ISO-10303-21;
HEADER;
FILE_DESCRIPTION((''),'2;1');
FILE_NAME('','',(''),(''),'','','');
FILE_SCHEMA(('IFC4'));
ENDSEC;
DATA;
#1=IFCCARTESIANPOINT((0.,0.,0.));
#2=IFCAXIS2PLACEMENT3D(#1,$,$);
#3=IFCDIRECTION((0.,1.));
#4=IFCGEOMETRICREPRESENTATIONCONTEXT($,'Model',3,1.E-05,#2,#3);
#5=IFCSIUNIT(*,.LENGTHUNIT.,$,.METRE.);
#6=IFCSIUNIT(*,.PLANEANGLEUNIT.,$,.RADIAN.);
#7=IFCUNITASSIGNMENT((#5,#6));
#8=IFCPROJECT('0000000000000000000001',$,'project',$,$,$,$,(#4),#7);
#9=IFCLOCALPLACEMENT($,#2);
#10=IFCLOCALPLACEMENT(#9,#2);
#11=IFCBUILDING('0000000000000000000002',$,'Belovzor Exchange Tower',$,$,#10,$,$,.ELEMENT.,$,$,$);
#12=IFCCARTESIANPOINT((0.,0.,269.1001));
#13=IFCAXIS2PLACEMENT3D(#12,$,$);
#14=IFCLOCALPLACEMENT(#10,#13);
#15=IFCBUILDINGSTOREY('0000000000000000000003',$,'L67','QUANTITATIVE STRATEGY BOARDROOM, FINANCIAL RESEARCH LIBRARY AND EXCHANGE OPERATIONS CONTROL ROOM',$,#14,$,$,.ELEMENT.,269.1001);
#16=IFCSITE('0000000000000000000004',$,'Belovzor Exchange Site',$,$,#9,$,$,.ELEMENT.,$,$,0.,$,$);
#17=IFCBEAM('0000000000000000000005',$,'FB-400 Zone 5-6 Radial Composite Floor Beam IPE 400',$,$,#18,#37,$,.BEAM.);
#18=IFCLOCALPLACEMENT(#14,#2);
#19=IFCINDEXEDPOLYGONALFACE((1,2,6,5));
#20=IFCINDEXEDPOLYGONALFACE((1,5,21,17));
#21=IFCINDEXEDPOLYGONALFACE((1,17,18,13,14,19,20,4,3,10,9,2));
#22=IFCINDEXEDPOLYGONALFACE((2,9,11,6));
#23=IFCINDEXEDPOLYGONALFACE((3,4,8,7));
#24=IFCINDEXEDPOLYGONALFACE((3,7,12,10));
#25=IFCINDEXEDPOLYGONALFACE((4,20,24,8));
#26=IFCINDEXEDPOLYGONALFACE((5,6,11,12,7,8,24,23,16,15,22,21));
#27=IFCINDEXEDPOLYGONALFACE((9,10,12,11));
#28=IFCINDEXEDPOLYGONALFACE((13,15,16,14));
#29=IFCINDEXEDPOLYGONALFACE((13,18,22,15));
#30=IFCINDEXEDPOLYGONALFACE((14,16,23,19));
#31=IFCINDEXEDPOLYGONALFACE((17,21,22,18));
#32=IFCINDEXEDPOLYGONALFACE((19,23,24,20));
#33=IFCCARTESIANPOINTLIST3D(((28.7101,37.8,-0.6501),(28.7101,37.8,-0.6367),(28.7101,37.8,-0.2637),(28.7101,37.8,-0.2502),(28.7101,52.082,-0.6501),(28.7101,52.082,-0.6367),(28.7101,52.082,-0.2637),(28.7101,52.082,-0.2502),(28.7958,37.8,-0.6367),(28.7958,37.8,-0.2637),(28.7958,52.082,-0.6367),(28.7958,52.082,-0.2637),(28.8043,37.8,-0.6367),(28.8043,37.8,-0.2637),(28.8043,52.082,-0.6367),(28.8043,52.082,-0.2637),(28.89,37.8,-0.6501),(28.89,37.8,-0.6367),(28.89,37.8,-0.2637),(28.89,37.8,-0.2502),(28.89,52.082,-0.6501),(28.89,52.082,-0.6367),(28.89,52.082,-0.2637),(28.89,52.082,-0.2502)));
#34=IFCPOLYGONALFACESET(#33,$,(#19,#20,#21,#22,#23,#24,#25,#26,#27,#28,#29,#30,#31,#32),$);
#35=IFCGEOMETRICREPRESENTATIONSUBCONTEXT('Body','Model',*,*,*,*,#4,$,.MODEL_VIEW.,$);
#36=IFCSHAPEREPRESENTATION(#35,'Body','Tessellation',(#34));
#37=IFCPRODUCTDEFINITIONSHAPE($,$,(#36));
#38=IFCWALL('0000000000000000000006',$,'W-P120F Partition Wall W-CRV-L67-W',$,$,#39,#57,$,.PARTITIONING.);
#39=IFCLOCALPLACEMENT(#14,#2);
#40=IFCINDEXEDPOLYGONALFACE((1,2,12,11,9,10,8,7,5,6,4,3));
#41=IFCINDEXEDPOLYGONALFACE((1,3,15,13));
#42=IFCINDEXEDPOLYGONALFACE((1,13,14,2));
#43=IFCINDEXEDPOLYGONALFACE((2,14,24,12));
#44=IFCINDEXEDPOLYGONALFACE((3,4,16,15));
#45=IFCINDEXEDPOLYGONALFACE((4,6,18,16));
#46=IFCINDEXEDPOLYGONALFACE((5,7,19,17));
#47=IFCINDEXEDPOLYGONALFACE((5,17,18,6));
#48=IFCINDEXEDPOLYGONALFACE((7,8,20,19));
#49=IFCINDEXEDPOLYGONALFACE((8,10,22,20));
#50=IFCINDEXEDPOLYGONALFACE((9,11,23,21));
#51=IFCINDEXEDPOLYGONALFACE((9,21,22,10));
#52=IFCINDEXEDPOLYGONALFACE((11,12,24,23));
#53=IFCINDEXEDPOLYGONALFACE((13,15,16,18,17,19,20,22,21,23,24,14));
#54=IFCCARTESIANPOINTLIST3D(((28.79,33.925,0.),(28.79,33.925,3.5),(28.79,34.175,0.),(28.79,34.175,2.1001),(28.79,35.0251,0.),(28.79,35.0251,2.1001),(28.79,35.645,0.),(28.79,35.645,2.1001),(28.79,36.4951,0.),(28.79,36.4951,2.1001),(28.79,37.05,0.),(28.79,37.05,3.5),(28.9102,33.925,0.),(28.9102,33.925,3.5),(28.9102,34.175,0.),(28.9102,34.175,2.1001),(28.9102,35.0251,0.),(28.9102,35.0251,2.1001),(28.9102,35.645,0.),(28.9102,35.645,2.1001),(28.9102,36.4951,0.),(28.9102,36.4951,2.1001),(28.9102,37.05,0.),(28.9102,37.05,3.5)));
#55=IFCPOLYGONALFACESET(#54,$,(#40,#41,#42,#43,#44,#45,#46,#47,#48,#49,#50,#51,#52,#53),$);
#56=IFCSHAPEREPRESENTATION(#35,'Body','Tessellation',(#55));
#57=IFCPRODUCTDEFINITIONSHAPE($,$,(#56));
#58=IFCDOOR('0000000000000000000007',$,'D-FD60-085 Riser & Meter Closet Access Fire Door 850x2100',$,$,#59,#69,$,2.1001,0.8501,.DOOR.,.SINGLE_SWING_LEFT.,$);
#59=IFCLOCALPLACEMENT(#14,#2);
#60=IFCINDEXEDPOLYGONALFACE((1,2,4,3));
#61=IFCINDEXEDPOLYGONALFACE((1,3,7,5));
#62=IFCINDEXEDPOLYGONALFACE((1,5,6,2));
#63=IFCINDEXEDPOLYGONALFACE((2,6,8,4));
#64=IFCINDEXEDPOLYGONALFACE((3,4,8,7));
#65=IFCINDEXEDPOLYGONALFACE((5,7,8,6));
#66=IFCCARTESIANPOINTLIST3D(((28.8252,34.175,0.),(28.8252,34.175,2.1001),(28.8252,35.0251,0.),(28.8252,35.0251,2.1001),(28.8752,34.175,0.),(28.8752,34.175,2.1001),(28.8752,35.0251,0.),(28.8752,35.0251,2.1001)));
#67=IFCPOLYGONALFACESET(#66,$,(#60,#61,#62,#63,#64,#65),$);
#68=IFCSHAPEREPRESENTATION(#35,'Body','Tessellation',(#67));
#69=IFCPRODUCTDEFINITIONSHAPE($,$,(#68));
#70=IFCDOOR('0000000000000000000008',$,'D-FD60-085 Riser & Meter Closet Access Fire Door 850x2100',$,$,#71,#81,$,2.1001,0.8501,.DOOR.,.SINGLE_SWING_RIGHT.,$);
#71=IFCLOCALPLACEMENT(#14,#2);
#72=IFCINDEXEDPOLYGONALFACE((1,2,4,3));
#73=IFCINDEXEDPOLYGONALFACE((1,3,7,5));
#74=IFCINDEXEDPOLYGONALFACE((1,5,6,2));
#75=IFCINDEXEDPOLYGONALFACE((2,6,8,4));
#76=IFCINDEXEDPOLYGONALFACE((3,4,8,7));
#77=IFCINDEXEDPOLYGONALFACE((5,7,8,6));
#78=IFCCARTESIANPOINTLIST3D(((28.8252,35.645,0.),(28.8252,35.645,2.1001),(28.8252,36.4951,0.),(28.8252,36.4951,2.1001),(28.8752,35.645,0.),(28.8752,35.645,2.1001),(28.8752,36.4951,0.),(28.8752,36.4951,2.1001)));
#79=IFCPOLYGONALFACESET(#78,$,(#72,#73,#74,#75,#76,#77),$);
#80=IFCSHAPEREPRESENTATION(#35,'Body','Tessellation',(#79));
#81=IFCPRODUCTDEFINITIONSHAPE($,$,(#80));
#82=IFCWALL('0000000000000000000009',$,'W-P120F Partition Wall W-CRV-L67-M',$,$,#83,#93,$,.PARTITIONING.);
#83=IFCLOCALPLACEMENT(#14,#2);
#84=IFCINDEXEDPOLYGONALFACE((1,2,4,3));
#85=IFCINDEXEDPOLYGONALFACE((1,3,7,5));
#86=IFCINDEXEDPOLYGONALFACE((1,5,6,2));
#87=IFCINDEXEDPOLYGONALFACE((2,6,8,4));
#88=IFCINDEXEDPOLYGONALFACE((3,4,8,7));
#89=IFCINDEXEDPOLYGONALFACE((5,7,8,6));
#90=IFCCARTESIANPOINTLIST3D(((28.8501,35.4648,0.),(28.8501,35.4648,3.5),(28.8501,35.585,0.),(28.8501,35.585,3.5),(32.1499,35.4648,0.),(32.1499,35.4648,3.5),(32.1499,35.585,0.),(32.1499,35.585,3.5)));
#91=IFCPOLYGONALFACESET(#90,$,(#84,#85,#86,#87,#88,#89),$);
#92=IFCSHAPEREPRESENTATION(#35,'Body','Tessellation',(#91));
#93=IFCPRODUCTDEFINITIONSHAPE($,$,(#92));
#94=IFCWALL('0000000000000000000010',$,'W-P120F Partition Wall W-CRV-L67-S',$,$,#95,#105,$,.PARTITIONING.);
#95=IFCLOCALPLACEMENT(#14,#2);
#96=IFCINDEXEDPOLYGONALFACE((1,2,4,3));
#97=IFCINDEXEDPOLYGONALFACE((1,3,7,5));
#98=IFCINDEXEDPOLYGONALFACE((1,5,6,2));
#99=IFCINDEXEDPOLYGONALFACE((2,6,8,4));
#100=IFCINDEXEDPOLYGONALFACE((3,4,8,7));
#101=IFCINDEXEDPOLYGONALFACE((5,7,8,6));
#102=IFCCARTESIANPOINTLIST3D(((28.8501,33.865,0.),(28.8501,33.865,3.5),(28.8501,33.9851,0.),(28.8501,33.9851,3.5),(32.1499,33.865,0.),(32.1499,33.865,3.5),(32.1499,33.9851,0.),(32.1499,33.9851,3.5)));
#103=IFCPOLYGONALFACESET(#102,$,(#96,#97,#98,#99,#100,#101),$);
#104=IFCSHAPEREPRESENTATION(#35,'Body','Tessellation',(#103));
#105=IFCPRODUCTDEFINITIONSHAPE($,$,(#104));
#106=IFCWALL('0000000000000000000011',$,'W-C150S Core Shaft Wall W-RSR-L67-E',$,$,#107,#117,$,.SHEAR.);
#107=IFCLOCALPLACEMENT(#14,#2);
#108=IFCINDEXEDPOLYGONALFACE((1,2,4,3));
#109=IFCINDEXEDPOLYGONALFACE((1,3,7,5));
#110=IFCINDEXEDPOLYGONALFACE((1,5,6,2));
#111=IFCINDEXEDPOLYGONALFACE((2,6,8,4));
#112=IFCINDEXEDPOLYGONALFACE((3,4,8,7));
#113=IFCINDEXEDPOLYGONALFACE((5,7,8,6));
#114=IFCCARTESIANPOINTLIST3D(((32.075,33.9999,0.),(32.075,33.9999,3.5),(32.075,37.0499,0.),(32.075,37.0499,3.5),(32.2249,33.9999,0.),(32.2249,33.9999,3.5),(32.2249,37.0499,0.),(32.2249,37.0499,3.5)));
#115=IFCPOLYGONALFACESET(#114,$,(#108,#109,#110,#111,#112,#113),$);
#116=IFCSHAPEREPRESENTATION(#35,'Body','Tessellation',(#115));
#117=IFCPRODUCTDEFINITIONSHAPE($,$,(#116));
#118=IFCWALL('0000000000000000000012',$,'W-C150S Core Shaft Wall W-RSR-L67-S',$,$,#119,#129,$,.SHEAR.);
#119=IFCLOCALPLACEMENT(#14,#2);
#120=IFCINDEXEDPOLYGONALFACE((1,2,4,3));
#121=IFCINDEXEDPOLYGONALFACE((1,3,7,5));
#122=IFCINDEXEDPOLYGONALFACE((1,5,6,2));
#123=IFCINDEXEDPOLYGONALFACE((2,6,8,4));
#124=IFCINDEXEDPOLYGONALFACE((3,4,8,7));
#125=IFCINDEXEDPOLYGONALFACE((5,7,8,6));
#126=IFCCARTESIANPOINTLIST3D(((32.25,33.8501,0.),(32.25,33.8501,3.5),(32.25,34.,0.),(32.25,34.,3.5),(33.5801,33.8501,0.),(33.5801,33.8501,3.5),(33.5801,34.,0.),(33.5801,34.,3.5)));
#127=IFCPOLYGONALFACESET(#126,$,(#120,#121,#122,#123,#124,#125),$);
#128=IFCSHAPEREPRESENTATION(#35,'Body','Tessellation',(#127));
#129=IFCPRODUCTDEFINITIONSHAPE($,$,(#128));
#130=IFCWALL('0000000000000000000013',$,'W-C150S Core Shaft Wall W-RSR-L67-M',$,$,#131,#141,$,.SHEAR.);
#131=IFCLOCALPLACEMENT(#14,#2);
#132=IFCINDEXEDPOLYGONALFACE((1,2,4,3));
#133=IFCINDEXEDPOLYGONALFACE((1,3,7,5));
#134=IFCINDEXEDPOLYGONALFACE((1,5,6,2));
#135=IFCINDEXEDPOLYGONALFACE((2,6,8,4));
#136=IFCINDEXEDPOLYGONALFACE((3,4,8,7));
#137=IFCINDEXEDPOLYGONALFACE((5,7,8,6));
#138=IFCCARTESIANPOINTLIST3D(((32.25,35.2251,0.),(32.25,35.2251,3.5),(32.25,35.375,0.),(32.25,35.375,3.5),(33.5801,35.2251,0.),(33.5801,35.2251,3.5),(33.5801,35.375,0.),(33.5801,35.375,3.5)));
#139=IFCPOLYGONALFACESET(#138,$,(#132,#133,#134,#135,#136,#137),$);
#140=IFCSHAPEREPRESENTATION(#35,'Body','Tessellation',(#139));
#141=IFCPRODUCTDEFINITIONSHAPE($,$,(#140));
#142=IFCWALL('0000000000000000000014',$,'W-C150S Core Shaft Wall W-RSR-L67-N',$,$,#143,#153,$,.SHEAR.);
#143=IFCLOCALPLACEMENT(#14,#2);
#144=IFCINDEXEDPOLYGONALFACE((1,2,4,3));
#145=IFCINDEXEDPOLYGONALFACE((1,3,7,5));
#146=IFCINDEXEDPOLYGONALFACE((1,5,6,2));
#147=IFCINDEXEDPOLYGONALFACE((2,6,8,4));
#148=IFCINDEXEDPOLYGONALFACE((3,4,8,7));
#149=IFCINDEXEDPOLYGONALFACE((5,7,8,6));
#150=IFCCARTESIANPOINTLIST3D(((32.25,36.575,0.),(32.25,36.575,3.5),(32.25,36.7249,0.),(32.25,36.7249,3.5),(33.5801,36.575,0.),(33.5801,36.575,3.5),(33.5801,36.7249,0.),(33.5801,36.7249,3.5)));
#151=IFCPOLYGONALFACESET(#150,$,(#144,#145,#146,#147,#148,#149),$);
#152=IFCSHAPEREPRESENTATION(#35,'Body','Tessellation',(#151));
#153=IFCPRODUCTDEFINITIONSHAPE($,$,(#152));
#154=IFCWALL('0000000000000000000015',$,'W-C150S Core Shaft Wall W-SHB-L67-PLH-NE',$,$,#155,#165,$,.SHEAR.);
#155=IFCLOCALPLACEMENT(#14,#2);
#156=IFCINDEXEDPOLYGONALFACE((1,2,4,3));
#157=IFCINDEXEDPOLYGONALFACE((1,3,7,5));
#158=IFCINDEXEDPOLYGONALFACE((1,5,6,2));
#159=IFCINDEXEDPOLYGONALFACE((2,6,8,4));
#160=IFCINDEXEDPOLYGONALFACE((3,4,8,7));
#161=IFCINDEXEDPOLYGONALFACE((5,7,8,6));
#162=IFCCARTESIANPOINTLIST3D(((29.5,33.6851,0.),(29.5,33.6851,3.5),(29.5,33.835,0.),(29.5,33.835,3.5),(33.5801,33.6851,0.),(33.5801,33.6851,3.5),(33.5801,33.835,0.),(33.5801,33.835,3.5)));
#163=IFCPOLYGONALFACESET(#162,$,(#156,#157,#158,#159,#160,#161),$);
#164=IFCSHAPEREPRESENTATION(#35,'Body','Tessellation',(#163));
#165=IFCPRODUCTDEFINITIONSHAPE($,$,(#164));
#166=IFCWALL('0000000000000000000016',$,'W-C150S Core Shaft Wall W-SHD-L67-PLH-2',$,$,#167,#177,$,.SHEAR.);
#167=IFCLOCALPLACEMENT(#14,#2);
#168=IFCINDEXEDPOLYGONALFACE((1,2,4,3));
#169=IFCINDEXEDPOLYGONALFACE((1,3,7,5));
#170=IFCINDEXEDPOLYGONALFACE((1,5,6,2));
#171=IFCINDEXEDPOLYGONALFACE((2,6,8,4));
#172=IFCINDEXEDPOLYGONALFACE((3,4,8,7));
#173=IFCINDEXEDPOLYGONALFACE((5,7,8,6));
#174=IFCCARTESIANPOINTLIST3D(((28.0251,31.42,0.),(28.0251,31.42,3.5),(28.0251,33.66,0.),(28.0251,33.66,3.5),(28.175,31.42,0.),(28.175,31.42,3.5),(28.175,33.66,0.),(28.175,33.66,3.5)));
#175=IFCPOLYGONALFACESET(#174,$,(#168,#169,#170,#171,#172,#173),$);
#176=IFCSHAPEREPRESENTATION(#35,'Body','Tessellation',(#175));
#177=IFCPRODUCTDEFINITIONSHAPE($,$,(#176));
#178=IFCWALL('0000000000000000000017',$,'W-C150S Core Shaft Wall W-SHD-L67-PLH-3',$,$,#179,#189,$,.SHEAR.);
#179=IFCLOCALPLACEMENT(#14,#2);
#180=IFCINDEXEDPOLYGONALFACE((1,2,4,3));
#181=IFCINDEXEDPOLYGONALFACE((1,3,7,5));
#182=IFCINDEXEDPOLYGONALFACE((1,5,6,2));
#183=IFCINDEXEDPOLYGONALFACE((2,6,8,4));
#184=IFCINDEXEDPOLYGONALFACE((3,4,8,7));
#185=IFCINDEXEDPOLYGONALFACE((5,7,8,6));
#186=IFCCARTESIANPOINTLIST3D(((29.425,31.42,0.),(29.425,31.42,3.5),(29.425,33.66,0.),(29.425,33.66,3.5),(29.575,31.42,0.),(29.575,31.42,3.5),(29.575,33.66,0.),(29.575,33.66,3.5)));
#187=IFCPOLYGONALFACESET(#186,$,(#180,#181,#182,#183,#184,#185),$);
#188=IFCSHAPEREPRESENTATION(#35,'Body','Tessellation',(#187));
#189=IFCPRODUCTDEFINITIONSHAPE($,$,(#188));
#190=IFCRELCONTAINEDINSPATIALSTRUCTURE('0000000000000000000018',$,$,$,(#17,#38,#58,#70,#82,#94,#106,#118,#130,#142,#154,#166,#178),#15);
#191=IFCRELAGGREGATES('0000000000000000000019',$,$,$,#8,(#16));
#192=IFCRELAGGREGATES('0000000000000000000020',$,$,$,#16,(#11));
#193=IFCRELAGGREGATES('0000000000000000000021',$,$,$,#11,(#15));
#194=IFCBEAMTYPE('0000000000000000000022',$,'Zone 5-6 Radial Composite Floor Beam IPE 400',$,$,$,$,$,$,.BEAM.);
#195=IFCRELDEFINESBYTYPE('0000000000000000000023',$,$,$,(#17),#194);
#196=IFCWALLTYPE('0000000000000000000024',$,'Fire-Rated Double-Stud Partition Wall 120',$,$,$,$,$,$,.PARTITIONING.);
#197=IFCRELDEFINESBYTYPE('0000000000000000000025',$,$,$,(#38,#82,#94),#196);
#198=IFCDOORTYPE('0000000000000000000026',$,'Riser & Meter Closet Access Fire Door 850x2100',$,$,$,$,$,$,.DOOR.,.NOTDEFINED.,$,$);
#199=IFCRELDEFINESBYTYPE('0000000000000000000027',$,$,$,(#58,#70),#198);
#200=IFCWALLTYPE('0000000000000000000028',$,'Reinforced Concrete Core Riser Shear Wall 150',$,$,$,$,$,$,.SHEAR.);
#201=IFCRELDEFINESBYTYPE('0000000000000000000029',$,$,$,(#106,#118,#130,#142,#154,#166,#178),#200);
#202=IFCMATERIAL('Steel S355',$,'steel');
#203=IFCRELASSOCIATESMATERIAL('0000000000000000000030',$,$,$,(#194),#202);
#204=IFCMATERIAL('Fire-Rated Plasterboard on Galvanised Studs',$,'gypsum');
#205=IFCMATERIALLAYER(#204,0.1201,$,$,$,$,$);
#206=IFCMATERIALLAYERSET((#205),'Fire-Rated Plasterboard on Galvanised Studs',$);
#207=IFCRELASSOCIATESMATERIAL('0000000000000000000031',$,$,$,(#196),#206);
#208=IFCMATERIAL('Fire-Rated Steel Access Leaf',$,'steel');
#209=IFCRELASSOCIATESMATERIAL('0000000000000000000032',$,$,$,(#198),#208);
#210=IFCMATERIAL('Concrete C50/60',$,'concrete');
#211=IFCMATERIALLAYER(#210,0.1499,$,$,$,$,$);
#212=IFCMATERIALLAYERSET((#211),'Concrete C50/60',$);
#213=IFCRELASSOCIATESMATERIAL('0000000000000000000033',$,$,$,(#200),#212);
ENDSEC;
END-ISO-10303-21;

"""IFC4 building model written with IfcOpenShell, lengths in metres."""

from ifc_helpers import new_model, si_unit, direction, frame, frame_2d, origin, origin_2d, place, context, subcontext, project, spatial, rectangle, i_section, extrude, material, layer, layer_set, material_profile, profile_set, type_object, element, fill, save


model = new_model("IFC4")

# Units and contexts
model_context = context("Model", 3, precision=1e-05, world=origin(), true_north=direction((0.0, 1.0)))
body_context = subcontext(model_context, "Body", "Model", "MODEL_VIEW")
ifc_project = project(units=[si_unit("LENGTHUNIT", "METRE"), si_unit("PLANEANGLEUNIT", "RADIAN")], contexts=[model_context])

# Site, building, storey
site_placement = place(None, origin())
site = spatial("IfcSite", under=ifc_project, at=site_placement, Name="Belovzor Exchange Site", CompositionType="ELEMENT", RefElevation=0.0)
building_placement = place(site_placement, origin())
building = spatial("IfcBuilding", under=site, at=building_placement, Name="Belovzor Exchange Tower", CompositionType="ELEMENT")
storey_placement = place(building_placement, frame((0.0, 0.0, 269.1001)))
storey = spatial("IfcBuildingStorey", under=building, at=storey_placement, Name="L67", Description="QUANTITATIVE STRATEGY BOARDROOM, FINANCIAL RESEARCH LIBRARY AND EXCHANGE OPERATIONS CONTROL ROOM", CompositionType="ELEMENT", Elevation=269.1001)

# Beam
ifc_material_1 = material(Name="Steel S355", Category="steel")
ifc_material_profile = material_profile(ifc_material_1, i_section(OverallWidth=0.1799, OverallDepth=0.3999, WebThickness=0.0085, FlangeThickness=0.0134, at=origin_2d()))
ifc_profile_set = profile_set([ifc_material_profile], Name="Steel S355")
beam_type = type_object("IfcBeamType", Name="Zone 5-6 Radial Composite Floor Beam IPE 400", PredefinedType="BEAM", material=ifc_profile_set)
beam_placement = place(storey_placement, frame((28.8, 37.8, -0.4502), z_axis=(0.0, 1.0, 0.0), x_axis=(-1.0, 0.0, 0.0)))
element("IfcBeam", 1, at=beam_placement, inside=storey, type_object=beam_type, Name="FB-400 Zone 5-6 Radial Composite Floor Beam IPE 400", PredefinedType="BEAM", context=body_context, shape_type="SweptSolid", body=[
    extrude(i_section(OverallWidth=0.1799, OverallDepth=0.3999, WebThickness=0.0085, FlangeThickness=0.0134, at=origin_2d()), origin(), (0.0, 0.0, 1.0), 14.282),
])

# Wall, openings, doors
ifc_material_2 = material(Name="Fire-Rated Plasterboard on Galvanised Studs", Category="gypsum")
ifc_layer_1 = layer(ifc_material_2, 0.1201)
ifc_layer_set_1 = layer_set([ifc_layer_1], Name="Fire-Rated Plasterboard on Galvanised Studs")
wall_type_1 = type_object("IfcWallType", Name="Fire-Rated Double-Stud Partition Wall 120", PredefinedType="PARTITIONING", material=ifc_layer_set_1)
wall_1_placement = place(storey_placement, frame((28.8501, 33.925, 0.0), z_axis=(0.0, 0.0, 1.0), x_axis=(0.0, 1.0, 0.0)))
wall_1 = element("IfcWall", 2, at=wall_1_placement, inside=storey, type_object=wall_type_1, Name="W-P120F Partition Wall W-CRV-L67-W", PredefinedType="PARTITIONING", context=body_context, shape_type="SweptSolid", body=[
    extrude(rectangle(XDim=3.125, YDim=0.1201, at=frame_2d((1.5625, 0.0))), origin(), (0.0, 0.0, 1.0), 3.5),
])
opening_1_placement = place(wall_1_placement, frame((0.25, 0.0, 0.0)))
opening_1 = element("IfcOpeningElement", 3, at=opening_1_placement, cuts=wall_1, PredefinedType="OPENING", context=body_context, shape_type="SweptSolid", body=[
    extrude(rectangle(XDim=0.8501, YDim=2.1001, at=frame_2d((0.425, 1.05))), frame((0.0, 0.0701, 0.0), z_axis=(0.0, -1.0, 0.0), x_axis=(1.0, 0.0, 0.0)), (0.0, 0.0, 1.0), 0.1401),
])
opening_2_placement = place(wall_1_placement, frame((1.72, 0.0, 0.0)))
opening_2 = element("IfcOpeningElement", 4, at=opening_2_placement, cuts=wall_1, PredefinedType="OPENING", context=body_context, shape_type="SweptSolid", body=[
    extrude(rectangle(XDim=0.8501, YDim=2.1001, at=frame_2d((0.425, 1.05))), frame((0.0, 0.0701, 0.0), z_axis=(0.0, -1.0, 0.0), x_axis=(1.0, 0.0, 0.0)), (0.0, 0.0, 1.0), 0.1401),
])
ifc_material_3 = material(Name="Fire-Rated Steel Access Leaf", Category="steel")
door_type_1 = type_object("IfcDoorType", Name="Riser & Meter Closet Access Fire Door 850x2100", OperationType="NOTDEFINED", PredefinedType="DOOR", material=ifc_material_3)
door_1_placement = place(opening_1_placement, origin())
door_1 = element("IfcDoor", 5, at=door_1_placement, inside=storey, type_object=door_type_1, Name="D-FD60-085 Riser & Meter Closet Access Fire Door 850x2100", OperationType="SINGLE_SWING_LEFT", OverallHeight=2.1001, OverallWidth=0.8501, PredefinedType="DOOR", context=body_context, shape_type="SweptSolid", body=[
    extrude(rectangle(XDim=0.8501, YDim=2.1001, at=frame_2d((0.425, 1.05))), frame((0.0, 0.0249, 0.0), z_axis=(0.0, -1.0, 0.0), x_axis=(1.0, 0.0, 0.0)), (0.0, 0.0, 1.0), 0.05),
])
fill(opening_1, door_1)
door_2_placement = place(opening_2_placement, origin())
door_2 = element("IfcDoor", 6, at=door_2_placement, inside=storey, type_object=door_type_1, Name="D-FD60-085 Riser & Meter Closet Access Fire Door 850x2100", OperationType="SINGLE_SWING_RIGHT", OverallHeight=2.1001, OverallWidth=0.8501, PredefinedType="DOOR", context=body_context, shape_type="SweptSolid", body=[
    extrude(rectangle(XDim=0.8501, YDim=2.1001, at=frame_2d((0.425, 1.05))), frame((0.0, 0.0249, 0.0), z_axis=(0.0, -1.0, 0.0), x_axis=(1.0, 0.0, 0.0)), (0.0, 0.0, 1.0), 0.05),
])
fill(opening_2, door_2)

# Walls
for number, where, z_axis, x_axis, name in (
    (7, (28.8501, 35.5249, 0.0), (0.0, 0.0, 1.0), (1.0, 0.0, 0.0), "W-P120F Partition Wall W-CRV-L67-M"),
    (8, (28.8501, 33.925, 0.0), (0.0, 0.0, 1.0), (1.0, 0.0, 0.0), "W-P120F Partition Wall W-CRV-L67-S"),
):
    element("IfcWall", number, at=place(storey_placement, frame(where, z_axis=z_axis, x_axis=x_axis)), inside=storey, type_object=wall_type_1, Name=name, PredefinedType="PARTITIONING", context=body_context, shape_type="SweptSolid", body=[
        extrude(rectangle(XDim=3.2998, YDim=0.1201, at=frame_2d((1.6499, 0.0))), origin(), (0.0, 0.0, 1.0), 3.5),
    ])
ifc_material_4 = material(Name="Concrete C50/60", Category="concrete")
ifc_layer_2 = layer(ifc_material_4, 0.1499)
ifc_layer_set_2 = layer_set([ifc_layer_2], Name="Concrete C50/60")
wall_type_2 = type_object("IfcWallType", Name="Reinforced Concrete Core Riser Shear Wall 150", PredefinedType="SHEAR", material=ifc_layer_set_2)
wall_2_placement = place(storey_placement, frame((32.1499, 34.0, 0.0), z_axis=(0.0, 0.0, 1.0), x_axis=(0.0, 1.0, 0.0)))
element("IfcWall", 9, at=wall_2_placement, inside=storey, type_object=wall_type_2, Name="W-C150S Core Shaft Wall W-RSR-L67-E", PredefinedType="SHEAR", context=body_context, shape_type="SweptSolid", body=[
    extrude(rectangle(XDim=3.05, YDim=0.1499, at=frame_2d((1.5249, 0.0))), origin(), (0.0, 0.0, 1.0), 3.5),
])
for number, where, z_axis, x_axis, name in (
    (10, (32.25, 33.925, 0.0), (0.0, 0.0, 1.0), (1.0, 0.0, 0.0), "W-C150S Core Shaft Wall W-RSR-L67-S"),
    (11, (32.25, 35.3, 0.0), (0.0, 0.0, 1.0), (1.0, 0.0, 0.0), "W-C150S Core Shaft Wall W-RSR-L67-M"),
    (12, (32.25, 36.6499, 0.0), (0.0, 0.0, 1.0), (1.0, 0.0, 0.0), "W-C150S Core Shaft Wall W-RSR-L67-N"),
):
    element("IfcWall", number, at=place(storey_placement, frame(where, z_axis=z_axis, x_axis=x_axis)), inside=storey, type_object=wall_type_2, Name=name, PredefinedType="SHEAR", context=body_context, shape_type="SweptSolid", body=[
        extrude(rectangle(XDim=1.3301, YDim=0.1499, at=frame_2d((0.665, 0.0))), origin(), (0.0, 0.0, 1.0), 3.5),
    ])
wall_3_placement = place(storey_placement, frame((29.5, 33.76, 0.0), z_axis=(0.0, 0.0, 1.0), x_axis=(1.0, 0.0, 0.0)))
element("IfcWall", 13, at=wall_3_placement, inside=storey, type_object=wall_type_2, Name="W-C150S Core Shaft Wall W-SHB-L67-PLH-NE", PredefinedType="SHEAR", context=body_context, shape_type="SweptSolid", body=[
    extrude(rectangle(XDim=4.0801, YDim=0.1499, at=frame_2d((2.04, 0.0))), origin(), (0.0, 0.0, 1.0), 3.5),
])
for number, where, z_axis, x_axis, name in (
    (14, (28.1001, 31.4199, 0.0), (0.0, 0.0, 1.0), (0.0, 1.0, 0.0), "W-C150S Core Shaft Wall W-SHD-L67-PLH-2"),
    (15, (29.5, 31.4199, 0.0), (0.0, 0.0, 1.0), (0.0, 1.0, 0.0), "W-C150S Core Shaft Wall W-SHD-L67-PLH-3"),
):
    element("IfcWall", number, at=place(storey_placement, frame(where, z_axis=z_axis, x_axis=x_axis)), inside=storey, type_object=wall_type_2, Name=name, PredefinedType="SHEAR", context=body_context, shape_type="SweptSolid", body=[
        extrude(rectangle(XDim=2.24, YDim=0.1499, at=frame_2d((1.1201, 0.0))), origin(), (0.0, 0.0, 1.0), 3.5),
    ])

save(model, "model.ifc")
